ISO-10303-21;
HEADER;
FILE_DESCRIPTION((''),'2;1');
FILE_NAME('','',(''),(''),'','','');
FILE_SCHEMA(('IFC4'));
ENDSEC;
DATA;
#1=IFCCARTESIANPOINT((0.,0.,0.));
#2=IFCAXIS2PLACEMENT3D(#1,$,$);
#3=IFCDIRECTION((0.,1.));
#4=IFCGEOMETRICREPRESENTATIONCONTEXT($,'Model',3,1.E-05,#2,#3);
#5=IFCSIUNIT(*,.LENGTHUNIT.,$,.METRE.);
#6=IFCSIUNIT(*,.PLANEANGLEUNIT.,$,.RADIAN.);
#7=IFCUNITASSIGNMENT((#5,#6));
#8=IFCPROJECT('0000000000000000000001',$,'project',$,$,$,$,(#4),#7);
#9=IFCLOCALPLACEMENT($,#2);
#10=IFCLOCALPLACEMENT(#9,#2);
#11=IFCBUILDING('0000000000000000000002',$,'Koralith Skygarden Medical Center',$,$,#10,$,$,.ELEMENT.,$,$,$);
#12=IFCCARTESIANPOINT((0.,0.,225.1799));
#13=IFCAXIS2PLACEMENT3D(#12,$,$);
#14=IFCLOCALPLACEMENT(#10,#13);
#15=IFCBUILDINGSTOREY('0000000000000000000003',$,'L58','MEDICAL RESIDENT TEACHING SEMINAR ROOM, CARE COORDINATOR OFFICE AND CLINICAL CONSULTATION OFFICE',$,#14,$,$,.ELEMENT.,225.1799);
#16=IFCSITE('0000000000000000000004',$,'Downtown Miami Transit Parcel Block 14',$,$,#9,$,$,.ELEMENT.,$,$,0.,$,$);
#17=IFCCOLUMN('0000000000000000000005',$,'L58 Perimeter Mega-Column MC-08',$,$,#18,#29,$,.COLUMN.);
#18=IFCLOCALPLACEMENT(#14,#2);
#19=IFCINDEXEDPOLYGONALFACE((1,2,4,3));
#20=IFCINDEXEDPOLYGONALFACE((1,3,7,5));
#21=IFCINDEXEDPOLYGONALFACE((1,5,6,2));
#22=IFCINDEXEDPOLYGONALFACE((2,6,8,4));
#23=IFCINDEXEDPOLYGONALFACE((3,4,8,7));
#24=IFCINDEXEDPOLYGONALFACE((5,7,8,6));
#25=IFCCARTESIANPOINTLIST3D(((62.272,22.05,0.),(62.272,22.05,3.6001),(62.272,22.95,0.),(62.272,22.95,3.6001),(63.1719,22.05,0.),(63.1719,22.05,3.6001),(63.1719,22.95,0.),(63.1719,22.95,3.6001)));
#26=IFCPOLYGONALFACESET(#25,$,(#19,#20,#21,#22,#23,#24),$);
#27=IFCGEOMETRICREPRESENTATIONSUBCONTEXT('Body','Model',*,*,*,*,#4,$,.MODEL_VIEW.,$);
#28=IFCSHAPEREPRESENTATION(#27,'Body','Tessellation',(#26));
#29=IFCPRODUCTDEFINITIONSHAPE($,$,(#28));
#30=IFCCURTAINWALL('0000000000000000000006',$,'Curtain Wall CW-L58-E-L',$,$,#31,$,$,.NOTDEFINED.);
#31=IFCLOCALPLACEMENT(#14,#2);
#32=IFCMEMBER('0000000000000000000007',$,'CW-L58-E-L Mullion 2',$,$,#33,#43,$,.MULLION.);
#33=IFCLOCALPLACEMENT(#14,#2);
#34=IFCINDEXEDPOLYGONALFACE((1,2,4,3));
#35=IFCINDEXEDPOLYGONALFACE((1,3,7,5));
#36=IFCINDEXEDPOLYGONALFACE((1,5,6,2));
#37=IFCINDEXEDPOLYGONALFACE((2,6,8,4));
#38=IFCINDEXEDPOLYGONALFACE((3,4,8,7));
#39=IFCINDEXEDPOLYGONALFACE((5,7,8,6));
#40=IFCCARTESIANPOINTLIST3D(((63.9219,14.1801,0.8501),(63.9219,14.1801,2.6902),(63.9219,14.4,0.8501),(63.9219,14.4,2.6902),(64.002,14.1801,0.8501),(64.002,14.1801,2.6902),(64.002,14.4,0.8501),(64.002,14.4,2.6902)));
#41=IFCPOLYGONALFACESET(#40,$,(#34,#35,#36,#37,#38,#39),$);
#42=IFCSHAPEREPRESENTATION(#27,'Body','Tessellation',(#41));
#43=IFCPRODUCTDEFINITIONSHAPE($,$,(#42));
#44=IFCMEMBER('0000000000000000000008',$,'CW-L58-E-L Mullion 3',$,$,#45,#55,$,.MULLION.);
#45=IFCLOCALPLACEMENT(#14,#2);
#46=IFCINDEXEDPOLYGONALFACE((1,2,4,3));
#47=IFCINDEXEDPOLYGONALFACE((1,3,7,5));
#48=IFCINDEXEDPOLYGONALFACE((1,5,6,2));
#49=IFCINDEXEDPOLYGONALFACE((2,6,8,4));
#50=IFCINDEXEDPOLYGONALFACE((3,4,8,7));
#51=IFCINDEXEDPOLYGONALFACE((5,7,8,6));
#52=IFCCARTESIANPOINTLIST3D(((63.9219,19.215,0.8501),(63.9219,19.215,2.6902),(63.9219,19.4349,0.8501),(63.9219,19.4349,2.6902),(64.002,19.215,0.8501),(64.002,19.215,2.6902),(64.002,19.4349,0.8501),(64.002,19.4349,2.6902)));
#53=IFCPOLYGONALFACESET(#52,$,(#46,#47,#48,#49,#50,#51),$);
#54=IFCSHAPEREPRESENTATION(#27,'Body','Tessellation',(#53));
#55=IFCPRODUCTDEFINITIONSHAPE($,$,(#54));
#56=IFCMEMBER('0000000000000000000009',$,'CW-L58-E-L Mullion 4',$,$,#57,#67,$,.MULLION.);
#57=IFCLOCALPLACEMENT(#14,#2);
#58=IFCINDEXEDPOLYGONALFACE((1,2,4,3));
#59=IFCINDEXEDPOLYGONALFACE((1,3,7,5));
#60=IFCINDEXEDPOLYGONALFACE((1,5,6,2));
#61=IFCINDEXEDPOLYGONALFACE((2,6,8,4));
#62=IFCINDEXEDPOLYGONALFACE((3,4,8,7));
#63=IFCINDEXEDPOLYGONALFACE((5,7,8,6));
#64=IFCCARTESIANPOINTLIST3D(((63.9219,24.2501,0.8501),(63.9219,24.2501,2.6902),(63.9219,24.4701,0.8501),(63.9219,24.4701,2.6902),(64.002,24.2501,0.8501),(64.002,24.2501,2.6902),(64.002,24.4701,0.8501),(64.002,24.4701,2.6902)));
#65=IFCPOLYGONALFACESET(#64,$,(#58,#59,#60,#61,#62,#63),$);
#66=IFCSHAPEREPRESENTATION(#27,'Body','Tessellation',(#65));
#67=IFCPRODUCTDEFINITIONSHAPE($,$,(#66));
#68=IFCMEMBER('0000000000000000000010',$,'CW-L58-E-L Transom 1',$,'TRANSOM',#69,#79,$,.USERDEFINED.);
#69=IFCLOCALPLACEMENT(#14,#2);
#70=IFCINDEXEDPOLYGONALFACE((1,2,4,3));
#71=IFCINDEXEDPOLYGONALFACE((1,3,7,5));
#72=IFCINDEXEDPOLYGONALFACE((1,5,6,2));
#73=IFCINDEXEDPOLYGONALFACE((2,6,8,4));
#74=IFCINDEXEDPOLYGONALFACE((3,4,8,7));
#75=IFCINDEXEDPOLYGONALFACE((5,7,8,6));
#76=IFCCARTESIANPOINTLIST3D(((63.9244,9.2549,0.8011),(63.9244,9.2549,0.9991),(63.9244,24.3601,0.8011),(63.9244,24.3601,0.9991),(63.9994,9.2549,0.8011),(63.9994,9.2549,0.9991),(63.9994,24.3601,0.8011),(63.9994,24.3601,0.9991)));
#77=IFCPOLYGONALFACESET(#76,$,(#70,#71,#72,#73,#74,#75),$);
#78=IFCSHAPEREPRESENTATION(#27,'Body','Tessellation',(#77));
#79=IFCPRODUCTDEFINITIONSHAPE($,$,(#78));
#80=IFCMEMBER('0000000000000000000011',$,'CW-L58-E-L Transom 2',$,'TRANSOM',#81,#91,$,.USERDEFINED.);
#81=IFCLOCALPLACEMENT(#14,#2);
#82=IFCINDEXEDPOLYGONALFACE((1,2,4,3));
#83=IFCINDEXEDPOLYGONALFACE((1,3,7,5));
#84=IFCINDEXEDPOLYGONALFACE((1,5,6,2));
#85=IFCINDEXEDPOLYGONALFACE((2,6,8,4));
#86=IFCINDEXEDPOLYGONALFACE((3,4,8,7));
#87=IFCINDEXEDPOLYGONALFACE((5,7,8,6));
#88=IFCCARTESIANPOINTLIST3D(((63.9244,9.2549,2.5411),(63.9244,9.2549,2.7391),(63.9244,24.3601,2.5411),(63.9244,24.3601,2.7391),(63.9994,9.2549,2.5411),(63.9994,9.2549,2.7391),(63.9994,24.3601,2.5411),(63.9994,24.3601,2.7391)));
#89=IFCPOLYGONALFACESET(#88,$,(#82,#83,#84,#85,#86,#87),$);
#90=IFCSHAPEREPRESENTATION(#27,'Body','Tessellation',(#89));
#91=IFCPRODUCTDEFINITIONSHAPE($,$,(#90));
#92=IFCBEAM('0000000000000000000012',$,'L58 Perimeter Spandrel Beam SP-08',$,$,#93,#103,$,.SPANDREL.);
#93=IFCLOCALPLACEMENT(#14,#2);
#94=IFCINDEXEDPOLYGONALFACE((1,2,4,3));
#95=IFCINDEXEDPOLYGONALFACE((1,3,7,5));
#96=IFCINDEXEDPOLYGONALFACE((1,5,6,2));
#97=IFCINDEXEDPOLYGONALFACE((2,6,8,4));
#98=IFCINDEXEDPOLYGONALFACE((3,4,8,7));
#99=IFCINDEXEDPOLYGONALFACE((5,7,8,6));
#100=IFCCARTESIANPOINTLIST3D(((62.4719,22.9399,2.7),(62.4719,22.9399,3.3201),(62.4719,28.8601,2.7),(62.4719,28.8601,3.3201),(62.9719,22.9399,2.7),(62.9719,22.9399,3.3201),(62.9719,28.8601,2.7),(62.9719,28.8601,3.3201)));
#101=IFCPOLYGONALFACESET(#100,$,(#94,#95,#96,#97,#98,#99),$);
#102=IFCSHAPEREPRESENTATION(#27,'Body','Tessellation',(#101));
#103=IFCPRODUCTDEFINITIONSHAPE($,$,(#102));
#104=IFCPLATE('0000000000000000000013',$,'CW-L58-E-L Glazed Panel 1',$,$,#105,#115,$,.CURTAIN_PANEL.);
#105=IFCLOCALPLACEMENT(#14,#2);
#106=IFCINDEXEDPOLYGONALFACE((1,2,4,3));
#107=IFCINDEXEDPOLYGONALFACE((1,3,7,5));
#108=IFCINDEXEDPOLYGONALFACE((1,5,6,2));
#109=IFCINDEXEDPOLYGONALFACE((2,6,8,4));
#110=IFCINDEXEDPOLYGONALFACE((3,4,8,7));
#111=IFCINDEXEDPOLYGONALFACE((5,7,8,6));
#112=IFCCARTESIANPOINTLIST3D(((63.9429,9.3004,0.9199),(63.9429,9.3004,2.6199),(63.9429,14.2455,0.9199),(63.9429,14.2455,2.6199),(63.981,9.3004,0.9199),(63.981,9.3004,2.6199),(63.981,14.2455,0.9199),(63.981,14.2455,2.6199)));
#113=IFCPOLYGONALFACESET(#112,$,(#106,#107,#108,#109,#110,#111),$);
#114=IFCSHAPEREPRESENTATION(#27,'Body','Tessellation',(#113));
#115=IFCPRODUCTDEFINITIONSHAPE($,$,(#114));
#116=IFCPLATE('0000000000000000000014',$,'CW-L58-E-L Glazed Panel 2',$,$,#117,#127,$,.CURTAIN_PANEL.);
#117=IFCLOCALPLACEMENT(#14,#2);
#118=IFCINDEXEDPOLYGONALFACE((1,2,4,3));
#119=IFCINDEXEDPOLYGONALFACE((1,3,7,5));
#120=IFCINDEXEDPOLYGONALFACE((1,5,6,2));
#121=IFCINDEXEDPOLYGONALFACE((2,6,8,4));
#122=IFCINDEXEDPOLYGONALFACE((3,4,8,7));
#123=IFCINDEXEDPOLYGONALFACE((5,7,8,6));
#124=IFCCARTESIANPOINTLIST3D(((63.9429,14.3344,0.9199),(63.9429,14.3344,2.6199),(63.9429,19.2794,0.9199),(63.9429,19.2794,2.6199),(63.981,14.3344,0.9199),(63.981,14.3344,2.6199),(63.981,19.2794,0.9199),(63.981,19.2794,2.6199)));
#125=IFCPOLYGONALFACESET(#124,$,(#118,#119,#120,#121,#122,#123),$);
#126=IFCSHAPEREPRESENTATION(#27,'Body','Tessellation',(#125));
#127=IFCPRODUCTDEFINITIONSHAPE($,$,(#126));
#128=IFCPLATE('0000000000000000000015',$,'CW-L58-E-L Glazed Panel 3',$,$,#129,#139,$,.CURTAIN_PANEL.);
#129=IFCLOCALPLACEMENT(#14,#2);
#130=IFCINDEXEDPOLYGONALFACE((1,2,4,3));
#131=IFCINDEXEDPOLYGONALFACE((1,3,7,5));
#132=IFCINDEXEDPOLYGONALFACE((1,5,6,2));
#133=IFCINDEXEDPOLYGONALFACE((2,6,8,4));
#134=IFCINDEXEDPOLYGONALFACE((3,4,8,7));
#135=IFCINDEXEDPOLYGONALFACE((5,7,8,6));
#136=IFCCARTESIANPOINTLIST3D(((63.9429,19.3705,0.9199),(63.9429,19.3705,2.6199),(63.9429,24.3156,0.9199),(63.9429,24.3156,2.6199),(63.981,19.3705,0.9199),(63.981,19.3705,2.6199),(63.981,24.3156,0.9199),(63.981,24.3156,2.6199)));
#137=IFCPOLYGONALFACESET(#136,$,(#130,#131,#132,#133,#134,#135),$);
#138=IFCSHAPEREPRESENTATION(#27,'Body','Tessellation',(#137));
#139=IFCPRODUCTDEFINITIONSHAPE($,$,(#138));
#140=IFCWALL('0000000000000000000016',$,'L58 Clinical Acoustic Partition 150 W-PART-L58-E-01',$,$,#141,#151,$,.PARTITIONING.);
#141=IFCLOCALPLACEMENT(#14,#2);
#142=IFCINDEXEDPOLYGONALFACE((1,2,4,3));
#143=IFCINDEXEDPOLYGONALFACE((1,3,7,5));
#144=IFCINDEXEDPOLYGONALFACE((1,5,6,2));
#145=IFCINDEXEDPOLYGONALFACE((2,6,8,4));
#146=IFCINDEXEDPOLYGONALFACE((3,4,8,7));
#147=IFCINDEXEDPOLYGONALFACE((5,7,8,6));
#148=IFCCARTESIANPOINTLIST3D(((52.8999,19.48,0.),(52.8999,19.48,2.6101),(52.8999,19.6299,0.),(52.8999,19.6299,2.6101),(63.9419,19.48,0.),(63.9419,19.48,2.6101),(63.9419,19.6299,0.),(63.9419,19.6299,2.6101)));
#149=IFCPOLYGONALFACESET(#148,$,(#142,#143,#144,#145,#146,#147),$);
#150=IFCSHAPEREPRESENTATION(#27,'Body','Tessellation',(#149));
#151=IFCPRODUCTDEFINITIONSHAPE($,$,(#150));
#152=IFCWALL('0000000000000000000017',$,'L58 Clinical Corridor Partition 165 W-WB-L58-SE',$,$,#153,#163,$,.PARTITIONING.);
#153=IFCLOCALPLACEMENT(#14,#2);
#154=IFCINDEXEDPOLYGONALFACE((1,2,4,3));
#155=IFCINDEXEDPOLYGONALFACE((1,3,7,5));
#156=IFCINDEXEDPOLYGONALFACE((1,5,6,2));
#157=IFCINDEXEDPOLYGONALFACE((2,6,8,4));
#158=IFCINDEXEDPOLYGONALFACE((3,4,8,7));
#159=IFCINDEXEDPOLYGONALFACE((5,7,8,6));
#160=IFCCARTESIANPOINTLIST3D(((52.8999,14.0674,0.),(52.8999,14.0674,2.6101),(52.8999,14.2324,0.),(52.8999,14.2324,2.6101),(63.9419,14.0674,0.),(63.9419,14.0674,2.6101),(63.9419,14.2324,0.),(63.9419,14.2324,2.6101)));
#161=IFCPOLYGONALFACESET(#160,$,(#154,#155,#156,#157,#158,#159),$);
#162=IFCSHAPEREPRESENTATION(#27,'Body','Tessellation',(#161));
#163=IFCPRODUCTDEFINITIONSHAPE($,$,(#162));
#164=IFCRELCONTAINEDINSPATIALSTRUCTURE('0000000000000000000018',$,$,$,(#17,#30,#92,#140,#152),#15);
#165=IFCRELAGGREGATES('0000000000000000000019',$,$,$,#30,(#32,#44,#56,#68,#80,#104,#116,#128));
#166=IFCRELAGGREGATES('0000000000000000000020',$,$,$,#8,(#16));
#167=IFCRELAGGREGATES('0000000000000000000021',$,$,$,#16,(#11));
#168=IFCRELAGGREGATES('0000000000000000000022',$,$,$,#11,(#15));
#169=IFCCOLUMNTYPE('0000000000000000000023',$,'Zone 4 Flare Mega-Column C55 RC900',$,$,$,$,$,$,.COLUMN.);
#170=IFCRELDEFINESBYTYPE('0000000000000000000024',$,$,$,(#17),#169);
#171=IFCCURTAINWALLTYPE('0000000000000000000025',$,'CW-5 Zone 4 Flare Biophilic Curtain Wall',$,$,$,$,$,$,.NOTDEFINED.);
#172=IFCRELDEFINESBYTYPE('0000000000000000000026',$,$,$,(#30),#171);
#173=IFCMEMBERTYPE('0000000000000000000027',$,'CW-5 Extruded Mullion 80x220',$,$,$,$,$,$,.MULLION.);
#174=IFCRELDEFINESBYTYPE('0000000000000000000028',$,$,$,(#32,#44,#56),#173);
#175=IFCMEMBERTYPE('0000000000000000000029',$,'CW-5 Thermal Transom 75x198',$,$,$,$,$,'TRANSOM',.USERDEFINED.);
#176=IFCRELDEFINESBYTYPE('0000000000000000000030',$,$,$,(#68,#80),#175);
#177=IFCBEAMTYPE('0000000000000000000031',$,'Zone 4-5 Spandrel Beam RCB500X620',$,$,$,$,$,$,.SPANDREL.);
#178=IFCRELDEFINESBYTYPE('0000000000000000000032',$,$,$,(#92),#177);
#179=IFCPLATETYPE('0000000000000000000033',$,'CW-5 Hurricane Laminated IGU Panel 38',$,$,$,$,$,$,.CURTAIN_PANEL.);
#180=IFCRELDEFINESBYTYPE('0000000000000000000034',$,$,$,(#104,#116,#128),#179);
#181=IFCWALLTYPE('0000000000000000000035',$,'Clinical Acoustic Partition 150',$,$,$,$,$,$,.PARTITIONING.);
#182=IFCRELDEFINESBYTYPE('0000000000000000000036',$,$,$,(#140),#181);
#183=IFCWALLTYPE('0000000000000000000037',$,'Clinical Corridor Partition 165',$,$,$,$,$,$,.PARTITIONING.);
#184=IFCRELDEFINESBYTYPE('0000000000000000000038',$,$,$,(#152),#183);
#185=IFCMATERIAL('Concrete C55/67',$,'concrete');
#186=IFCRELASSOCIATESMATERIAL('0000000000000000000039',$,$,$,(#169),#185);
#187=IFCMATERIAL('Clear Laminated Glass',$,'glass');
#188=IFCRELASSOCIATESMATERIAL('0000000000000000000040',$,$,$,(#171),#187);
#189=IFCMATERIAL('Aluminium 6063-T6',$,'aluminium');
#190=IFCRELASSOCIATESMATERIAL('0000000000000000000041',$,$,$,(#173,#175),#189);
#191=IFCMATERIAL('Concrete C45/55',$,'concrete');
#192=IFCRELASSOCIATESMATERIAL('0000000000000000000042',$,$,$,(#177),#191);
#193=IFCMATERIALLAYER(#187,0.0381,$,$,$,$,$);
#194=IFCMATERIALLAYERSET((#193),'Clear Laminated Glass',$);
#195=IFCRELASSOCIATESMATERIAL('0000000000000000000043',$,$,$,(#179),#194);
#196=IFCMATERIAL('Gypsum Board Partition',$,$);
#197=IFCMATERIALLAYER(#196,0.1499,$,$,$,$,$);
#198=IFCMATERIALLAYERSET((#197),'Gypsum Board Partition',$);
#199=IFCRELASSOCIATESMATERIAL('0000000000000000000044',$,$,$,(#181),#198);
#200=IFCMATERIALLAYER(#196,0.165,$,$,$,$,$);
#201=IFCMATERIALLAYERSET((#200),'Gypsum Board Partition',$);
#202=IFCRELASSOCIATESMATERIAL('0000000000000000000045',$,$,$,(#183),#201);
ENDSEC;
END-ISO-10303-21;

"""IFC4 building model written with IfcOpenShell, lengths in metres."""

from ifc_helpers import new_model, si_unit, direction, frame, frame_2d, origin, origin_2d, place, context, subcontext, project, spatial, rectangle, extrude, material, layer, layer_set, material_profile, profile_set, type_object, element, aggregate, save


model = new_model("IFC4")

# Units and contexts
model_context = context("Model", 3, precision=1e-05, world=origin(), true_north=direction((0.0, 1.0)))
body_context = subcontext(model_context, "Body", "Model", "MODEL_VIEW")
ifc_project = project(units=[si_unit("LENGTHUNIT", "METRE"), si_unit("PLANEANGLEUNIT", "RADIAN")], contexts=[model_context])

# Site, building, storey
site_placement = place(None, origin())
site = spatial("IfcSite", under=ifc_project, at=site_placement, Name="Downtown Miami Transit Parcel Block 14", CompositionType="ELEMENT", RefElevation=0.0)
building_placement = place(site_placement, origin())
building = spatial("IfcBuilding", under=site, at=building_placement, Name="Koralith Skygarden Medical Center", CompositionType="ELEMENT")
storey_placement = place(building_placement, frame((0.0, 0.0, 225.1799)))
storey = spatial("IfcBuildingStorey", under=building, at=storey_placement, Name="L58", Description="MEDICAL RESIDENT TEACHING SEMINAR ROOM, CARE COORDINATOR OFFICE AND CLINICAL CONSULTATION OFFICE", CompositionType="ELEMENT", Elevation=225.1799)

# Column
ifc_material_1 = material(Name="Concrete C55/67", Category="concrete")
ifc_material_profile_1 = material_profile(ifc_material_1, rectangle(XDim=0.8999, YDim=0.8999, at=origin_2d()), Name="RC900X900")
ifc_profile_set_1 = profile_set([ifc_material_profile_1], Name="Concrete C55/67")
column_type = type_object("IfcColumnType", Name="Zone 4 Flare Mega-Column C55 RC900", PredefinedType="COLUMN", material=ifc_profile_set_1)
column_placement = place(storey_placement, frame((62.7219, 22.5, 0.0), z_axis=(0.0, 0.0, 1.0), x_axis=(1.0, 0.0, 0.0)))
element("IfcColumn", 1, at=column_placement, inside=storey, type_object=column_type, Name="L58 Perimeter Mega-Column MC-08", PredefinedType="COLUMN", context=body_context, shape_type="SweptSolid", body=[
    extrude(rectangle(XDim=0.8999, YDim=0.8999, at=origin_2d()), origin(), (0.0, 0.0, 1.0), 3.6001),
])

# Curtain wall, members
ifc_material_2 = material(Name="Clear Laminated Glass", Category="glass")
curtain_wall_type = type_object("IfcCurtainWallType", Name="CW-5 Zone 4 Flare Biophilic Curtain Wall", PredefinedType="NOTDEFINED", material=ifc_material_2)
curtain_wall_placement = place(storey_placement, origin())
curtain_wall = element("IfcCurtainWall", 2, at=curtain_wall_placement, inside=storey, type_object=curtain_wall_type, Name="Curtain Wall CW-L58-E-L", PredefinedType="NOTDEFINED")
ifc_material_3 = material(Name="Aluminium 6063-T6", Category="aluminium")
ifc_material_profile_2 = material_profile(ifc_material_3, rectangle(XDim=0.0801, YDim=0.22, at=origin_2d()), Name="MUL80X220")
ifc_profile_set_2 = profile_set([ifc_material_profile_2], Name="Aluminium 6063-T6")
member_type_1 = type_object("IfcMemberType", Name="CW-5 Extruded Mullion 80x220", PredefinedType="MULLION", material=ifc_profile_set_2)
member_1_placement = place(storey_placement, frame((63.9619, 14.29, 0.8501), z_axis=(0.0, 0.0, 1.0), x_axis=(1.0, 0.0, 0.0)))
member_1 = element("IfcMember", 3, at=member_1_placement, type_object=member_type_1, Name="CW-L58-E-L Mullion 2", PredefinedType="MULLION", context=body_context, shape_type="SweptSolid", body=[
    extrude(rectangle(XDim=0.0801, YDim=0.22, at=origin_2d()), origin(), (0.0, 0.0, 1.0), 1.8401),
])
member_2_placement = place(storey_placement, frame((63.9619, 19.325, 0.8501), z_axis=(0.0, 0.0, 1.0), x_axis=(1.0, 0.0, 0.0)))
member_2 = element("IfcMember", 4, at=member_2_placement, type_object=member_type_1, Name="CW-L58-E-L Mullion 3", PredefinedType="MULLION", context=body_context, shape_type="SweptSolid", body=[
    extrude(rectangle(XDim=0.0801, YDim=0.22, at=origin_2d()), origin(), (0.0, 0.0, 1.0), 1.8401),
])
member_3_placement = place(storey_placement, frame((63.9619, 24.3601, 0.8501), z_axis=(0.0, 0.0, 1.0), x_axis=(1.0, 0.0, 0.0)))
member_3 = element("IfcMember", 5, at=member_3_placement, type_object=member_type_1, Name="CW-L58-E-L Mullion 4", PredefinedType="MULLION", context=body_context, shape_type="SweptSolid", body=[
    extrude(rectangle(XDim=0.0801, YDim=0.22, at=origin_2d()), origin(), (0.0, 0.0, 1.0), 1.8401),
])
ifc_material_profile_3 = material_profile(ifc_material_3, rectangle(XDim=0.075, YDim=0.198, at=origin_2d()), Name="TRN75X198")
ifc_profile_set_3 = profile_set([ifc_material_profile_3], Name="Aluminium 6063-T6")
member_type_2 = type_object("IfcMemberType", Name="CW-5 Thermal Transom 75x198", ElementType="TRANSOM", PredefinedType="USERDEFINED", material=ifc_profile_set_3)
member_4_placement = place(storey_placement, frame((63.9619, 9.2549, 0.9001), z_axis=(0.0, 1.0, 0.0), x_axis=(-1.0, 0.0, 0.0)))
member_4 = element("IfcMember", 6, at=member_4_placement, type_object=member_type_2, Name="CW-L58-E-L Transom 1", ObjectType="TRANSOM", PredefinedType="USERDEFINED", context=body_context, shape_type="SweptSolid", body=[
    extrude(rectangle(XDim=0.075, YDim=0.198, at=origin_2d()), origin(), (0.0, 0.0, 1.0), 15.1052),
])
member_5_placement = place(storey_placement, frame((63.9619, 9.2549, 2.6401), z_axis=(0.0, 1.0, 0.0), x_axis=(-1.0, 0.0, 0.0)))
member_5 = element("IfcMember", 7, at=member_5_placement, type_object=member_type_2, Name="CW-L58-E-L Transom 2", ObjectType="TRANSOM", PredefinedType="USERDEFINED", context=body_context, shape_type="SweptSolid", body=[
    extrude(rectangle(XDim=0.075, YDim=0.198, at=origin_2d()), origin(), (0.0, 0.0, 1.0), 15.1052),
])

# Beam
ifc_material_4 = material(Name="Concrete C45/55", Category="concrete")
ifc_material_profile_4 = material_profile(ifc_material_4, rectangle(XDim=0.5, YDim=0.6201, at=origin_2d()), Name="RCB500X620")
ifc_profile_set_4 = profile_set([ifc_material_profile_4], Name="Concrete C45/55")
beam_type = type_object("IfcBeamType", Name="Zone 4-5 Spandrel Beam RCB500X620", PredefinedType="SPANDREL", material=ifc_profile_set_4)
beam_placement = place(storey_placement, frame((62.7219, 22.9399, 3.01), z_axis=(0.0, 1.0, 0.0), x_axis=(-1.0, 0.0, 0.0)))
element("IfcBeam", 8, at=beam_placement, inside=storey, type_object=beam_type, Name="L58 Perimeter Spandrel Beam SP-08", PredefinedType="SPANDREL", context=body_context, shape_type="SweptSolid", body=[
    extrude(rectangle(XDim=0.5, YDim=0.6201, at=origin_2d()), origin(), (0.0, 0.0, 1.0), 5.9202),
])

# Plates
ifc_layer_1 = layer(ifc_material_2, 0.0381)
ifc_layer_set_1 = layer_set([ifc_layer_1], Name="Clear Laminated Glass")
plate_type = type_object("IfcPlateType", Name="CW-5 Hurricane Laminated IGU Panel 38", PredefinedType="CURTAIN_PANEL", material=ifc_layer_set_1)
plate_1_placement = place(storey_placement, frame((63.9619, 11.7729, 0.9199), z_axis=(0.0, 0.0, 1.0), x_axis=(0.0, 1.0, 0.0)))
plate_1 = element("IfcPlate", 9, at=plate_1_placement, type_object=plate_type, Name="CW-L58-E-L Glazed Panel 1", PredefinedType="CURTAIN_PANEL", context=body_context, shape_type="SweptSolid", body=[
    extrude(rectangle(XDim=4.9451, YDim=0.0381, at=origin_2d()), origin(), (0.0, 0.0, 1.0), 1.7),
])
plate_2_placement = place(storey_placement, frame((63.9619, 16.8069, 0.9199), z_axis=(0.0, 0.0, 1.0), x_axis=(0.0, 1.0, 0.0)))
plate_2 = element("IfcPlate", 10, at=plate_2_placement, type_object=plate_type, Name="CW-L58-E-L Glazed Panel 2", PredefinedType="CURTAIN_PANEL", context=body_context, shape_type="SweptSolid", body=[
    extrude(rectangle(XDim=4.9451, YDim=0.0381, at=origin_2d()), origin(), (0.0, 0.0, 1.0), 1.7),
])
plate_3_placement = place(storey_placement, frame((63.9619, 21.843, 0.9199), z_axis=(0.0, 0.0, 1.0), x_axis=(0.0, 1.0, 0.0)))
plate_3 = element("IfcPlate", 11, at=plate_3_placement, type_object=plate_type, Name="CW-L58-E-L Glazed Panel 3", PredefinedType="CURTAIN_PANEL", context=body_context, shape_type="SweptSolid", body=[
    extrude(rectangle(XDim=4.9451, YDim=0.0381, at=origin_2d()), origin(), (0.0, 0.0, 1.0), 1.7),
])
aggregate(curtain_wall, [member_1, member_2, member_3, member_4, member_5, plate_1, plate_2, plate_3])

# Walls
ifc_material_5 = material(Name="Gypsum Board Partition")
ifc_layer_2 = layer(ifc_material_5, 0.1499)
ifc_layer_set_2 = layer_set([ifc_layer_2], Name="Gypsum Board Partition")
wall_type_1 = type_object("IfcWallType", Name="Clinical Acoustic Partition 150", PredefinedType="PARTITIONING", material=ifc_layer_set_2)
wall_1_placement = place(storey_placement, frame((52.8999, 19.5549, 0.0), z_axis=(0.0, 0.0, 1.0), x_axis=(1.0, 0.0, 0.0)))
element("IfcWall", 12, at=wall_1_placement, inside=storey, type_object=wall_type_1, Name="L58 Clinical Acoustic Partition 150 W-PART-L58-E-01", PredefinedType="PARTITIONING", context=body_context, shape_type="SweptSolid", body=[
    extrude(rectangle(XDim=11.042, YDim=0.1499, at=frame_2d((5.521, 0.0))), origin(), (0.0, 0.0, 1.0), 2.6101),
])
ifc_layer_3 = layer(ifc_material_5, 0.165)
ifc_layer_set_3 = layer_set([ifc_layer_3], Name="Gypsum Board Partition")
wall_type_2 = type_object("IfcWallType", Name="Clinical Corridor Partition 165", PredefinedType="PARTITIONING", material=ifc_layer_set_3)
wall_2_placement = place(storey_placement, frame((52.8999, 14.1499, 0.0), z_axis=(0.0, 0.0, 1.0), x_axis=(1.0, 0.0, 0.0)))
element("IfcWall", 13, at=wall_2_placement, inside=storey, type_object=wall_type_2, Name="L58 Clinical Corridor Partition 165 W-WB-L58-SE", PredefinedType="PARTITIONING", context=body_context, shape_type="SweptSolid", body=[
    extrude(rectangle(XDim=11.042, YDim=0.165, at=frame_2d((5.521, 0.0))), origin(), (0.0, 0.0, 1.0), 2.6101),
])

save(model, "model.ifc")
